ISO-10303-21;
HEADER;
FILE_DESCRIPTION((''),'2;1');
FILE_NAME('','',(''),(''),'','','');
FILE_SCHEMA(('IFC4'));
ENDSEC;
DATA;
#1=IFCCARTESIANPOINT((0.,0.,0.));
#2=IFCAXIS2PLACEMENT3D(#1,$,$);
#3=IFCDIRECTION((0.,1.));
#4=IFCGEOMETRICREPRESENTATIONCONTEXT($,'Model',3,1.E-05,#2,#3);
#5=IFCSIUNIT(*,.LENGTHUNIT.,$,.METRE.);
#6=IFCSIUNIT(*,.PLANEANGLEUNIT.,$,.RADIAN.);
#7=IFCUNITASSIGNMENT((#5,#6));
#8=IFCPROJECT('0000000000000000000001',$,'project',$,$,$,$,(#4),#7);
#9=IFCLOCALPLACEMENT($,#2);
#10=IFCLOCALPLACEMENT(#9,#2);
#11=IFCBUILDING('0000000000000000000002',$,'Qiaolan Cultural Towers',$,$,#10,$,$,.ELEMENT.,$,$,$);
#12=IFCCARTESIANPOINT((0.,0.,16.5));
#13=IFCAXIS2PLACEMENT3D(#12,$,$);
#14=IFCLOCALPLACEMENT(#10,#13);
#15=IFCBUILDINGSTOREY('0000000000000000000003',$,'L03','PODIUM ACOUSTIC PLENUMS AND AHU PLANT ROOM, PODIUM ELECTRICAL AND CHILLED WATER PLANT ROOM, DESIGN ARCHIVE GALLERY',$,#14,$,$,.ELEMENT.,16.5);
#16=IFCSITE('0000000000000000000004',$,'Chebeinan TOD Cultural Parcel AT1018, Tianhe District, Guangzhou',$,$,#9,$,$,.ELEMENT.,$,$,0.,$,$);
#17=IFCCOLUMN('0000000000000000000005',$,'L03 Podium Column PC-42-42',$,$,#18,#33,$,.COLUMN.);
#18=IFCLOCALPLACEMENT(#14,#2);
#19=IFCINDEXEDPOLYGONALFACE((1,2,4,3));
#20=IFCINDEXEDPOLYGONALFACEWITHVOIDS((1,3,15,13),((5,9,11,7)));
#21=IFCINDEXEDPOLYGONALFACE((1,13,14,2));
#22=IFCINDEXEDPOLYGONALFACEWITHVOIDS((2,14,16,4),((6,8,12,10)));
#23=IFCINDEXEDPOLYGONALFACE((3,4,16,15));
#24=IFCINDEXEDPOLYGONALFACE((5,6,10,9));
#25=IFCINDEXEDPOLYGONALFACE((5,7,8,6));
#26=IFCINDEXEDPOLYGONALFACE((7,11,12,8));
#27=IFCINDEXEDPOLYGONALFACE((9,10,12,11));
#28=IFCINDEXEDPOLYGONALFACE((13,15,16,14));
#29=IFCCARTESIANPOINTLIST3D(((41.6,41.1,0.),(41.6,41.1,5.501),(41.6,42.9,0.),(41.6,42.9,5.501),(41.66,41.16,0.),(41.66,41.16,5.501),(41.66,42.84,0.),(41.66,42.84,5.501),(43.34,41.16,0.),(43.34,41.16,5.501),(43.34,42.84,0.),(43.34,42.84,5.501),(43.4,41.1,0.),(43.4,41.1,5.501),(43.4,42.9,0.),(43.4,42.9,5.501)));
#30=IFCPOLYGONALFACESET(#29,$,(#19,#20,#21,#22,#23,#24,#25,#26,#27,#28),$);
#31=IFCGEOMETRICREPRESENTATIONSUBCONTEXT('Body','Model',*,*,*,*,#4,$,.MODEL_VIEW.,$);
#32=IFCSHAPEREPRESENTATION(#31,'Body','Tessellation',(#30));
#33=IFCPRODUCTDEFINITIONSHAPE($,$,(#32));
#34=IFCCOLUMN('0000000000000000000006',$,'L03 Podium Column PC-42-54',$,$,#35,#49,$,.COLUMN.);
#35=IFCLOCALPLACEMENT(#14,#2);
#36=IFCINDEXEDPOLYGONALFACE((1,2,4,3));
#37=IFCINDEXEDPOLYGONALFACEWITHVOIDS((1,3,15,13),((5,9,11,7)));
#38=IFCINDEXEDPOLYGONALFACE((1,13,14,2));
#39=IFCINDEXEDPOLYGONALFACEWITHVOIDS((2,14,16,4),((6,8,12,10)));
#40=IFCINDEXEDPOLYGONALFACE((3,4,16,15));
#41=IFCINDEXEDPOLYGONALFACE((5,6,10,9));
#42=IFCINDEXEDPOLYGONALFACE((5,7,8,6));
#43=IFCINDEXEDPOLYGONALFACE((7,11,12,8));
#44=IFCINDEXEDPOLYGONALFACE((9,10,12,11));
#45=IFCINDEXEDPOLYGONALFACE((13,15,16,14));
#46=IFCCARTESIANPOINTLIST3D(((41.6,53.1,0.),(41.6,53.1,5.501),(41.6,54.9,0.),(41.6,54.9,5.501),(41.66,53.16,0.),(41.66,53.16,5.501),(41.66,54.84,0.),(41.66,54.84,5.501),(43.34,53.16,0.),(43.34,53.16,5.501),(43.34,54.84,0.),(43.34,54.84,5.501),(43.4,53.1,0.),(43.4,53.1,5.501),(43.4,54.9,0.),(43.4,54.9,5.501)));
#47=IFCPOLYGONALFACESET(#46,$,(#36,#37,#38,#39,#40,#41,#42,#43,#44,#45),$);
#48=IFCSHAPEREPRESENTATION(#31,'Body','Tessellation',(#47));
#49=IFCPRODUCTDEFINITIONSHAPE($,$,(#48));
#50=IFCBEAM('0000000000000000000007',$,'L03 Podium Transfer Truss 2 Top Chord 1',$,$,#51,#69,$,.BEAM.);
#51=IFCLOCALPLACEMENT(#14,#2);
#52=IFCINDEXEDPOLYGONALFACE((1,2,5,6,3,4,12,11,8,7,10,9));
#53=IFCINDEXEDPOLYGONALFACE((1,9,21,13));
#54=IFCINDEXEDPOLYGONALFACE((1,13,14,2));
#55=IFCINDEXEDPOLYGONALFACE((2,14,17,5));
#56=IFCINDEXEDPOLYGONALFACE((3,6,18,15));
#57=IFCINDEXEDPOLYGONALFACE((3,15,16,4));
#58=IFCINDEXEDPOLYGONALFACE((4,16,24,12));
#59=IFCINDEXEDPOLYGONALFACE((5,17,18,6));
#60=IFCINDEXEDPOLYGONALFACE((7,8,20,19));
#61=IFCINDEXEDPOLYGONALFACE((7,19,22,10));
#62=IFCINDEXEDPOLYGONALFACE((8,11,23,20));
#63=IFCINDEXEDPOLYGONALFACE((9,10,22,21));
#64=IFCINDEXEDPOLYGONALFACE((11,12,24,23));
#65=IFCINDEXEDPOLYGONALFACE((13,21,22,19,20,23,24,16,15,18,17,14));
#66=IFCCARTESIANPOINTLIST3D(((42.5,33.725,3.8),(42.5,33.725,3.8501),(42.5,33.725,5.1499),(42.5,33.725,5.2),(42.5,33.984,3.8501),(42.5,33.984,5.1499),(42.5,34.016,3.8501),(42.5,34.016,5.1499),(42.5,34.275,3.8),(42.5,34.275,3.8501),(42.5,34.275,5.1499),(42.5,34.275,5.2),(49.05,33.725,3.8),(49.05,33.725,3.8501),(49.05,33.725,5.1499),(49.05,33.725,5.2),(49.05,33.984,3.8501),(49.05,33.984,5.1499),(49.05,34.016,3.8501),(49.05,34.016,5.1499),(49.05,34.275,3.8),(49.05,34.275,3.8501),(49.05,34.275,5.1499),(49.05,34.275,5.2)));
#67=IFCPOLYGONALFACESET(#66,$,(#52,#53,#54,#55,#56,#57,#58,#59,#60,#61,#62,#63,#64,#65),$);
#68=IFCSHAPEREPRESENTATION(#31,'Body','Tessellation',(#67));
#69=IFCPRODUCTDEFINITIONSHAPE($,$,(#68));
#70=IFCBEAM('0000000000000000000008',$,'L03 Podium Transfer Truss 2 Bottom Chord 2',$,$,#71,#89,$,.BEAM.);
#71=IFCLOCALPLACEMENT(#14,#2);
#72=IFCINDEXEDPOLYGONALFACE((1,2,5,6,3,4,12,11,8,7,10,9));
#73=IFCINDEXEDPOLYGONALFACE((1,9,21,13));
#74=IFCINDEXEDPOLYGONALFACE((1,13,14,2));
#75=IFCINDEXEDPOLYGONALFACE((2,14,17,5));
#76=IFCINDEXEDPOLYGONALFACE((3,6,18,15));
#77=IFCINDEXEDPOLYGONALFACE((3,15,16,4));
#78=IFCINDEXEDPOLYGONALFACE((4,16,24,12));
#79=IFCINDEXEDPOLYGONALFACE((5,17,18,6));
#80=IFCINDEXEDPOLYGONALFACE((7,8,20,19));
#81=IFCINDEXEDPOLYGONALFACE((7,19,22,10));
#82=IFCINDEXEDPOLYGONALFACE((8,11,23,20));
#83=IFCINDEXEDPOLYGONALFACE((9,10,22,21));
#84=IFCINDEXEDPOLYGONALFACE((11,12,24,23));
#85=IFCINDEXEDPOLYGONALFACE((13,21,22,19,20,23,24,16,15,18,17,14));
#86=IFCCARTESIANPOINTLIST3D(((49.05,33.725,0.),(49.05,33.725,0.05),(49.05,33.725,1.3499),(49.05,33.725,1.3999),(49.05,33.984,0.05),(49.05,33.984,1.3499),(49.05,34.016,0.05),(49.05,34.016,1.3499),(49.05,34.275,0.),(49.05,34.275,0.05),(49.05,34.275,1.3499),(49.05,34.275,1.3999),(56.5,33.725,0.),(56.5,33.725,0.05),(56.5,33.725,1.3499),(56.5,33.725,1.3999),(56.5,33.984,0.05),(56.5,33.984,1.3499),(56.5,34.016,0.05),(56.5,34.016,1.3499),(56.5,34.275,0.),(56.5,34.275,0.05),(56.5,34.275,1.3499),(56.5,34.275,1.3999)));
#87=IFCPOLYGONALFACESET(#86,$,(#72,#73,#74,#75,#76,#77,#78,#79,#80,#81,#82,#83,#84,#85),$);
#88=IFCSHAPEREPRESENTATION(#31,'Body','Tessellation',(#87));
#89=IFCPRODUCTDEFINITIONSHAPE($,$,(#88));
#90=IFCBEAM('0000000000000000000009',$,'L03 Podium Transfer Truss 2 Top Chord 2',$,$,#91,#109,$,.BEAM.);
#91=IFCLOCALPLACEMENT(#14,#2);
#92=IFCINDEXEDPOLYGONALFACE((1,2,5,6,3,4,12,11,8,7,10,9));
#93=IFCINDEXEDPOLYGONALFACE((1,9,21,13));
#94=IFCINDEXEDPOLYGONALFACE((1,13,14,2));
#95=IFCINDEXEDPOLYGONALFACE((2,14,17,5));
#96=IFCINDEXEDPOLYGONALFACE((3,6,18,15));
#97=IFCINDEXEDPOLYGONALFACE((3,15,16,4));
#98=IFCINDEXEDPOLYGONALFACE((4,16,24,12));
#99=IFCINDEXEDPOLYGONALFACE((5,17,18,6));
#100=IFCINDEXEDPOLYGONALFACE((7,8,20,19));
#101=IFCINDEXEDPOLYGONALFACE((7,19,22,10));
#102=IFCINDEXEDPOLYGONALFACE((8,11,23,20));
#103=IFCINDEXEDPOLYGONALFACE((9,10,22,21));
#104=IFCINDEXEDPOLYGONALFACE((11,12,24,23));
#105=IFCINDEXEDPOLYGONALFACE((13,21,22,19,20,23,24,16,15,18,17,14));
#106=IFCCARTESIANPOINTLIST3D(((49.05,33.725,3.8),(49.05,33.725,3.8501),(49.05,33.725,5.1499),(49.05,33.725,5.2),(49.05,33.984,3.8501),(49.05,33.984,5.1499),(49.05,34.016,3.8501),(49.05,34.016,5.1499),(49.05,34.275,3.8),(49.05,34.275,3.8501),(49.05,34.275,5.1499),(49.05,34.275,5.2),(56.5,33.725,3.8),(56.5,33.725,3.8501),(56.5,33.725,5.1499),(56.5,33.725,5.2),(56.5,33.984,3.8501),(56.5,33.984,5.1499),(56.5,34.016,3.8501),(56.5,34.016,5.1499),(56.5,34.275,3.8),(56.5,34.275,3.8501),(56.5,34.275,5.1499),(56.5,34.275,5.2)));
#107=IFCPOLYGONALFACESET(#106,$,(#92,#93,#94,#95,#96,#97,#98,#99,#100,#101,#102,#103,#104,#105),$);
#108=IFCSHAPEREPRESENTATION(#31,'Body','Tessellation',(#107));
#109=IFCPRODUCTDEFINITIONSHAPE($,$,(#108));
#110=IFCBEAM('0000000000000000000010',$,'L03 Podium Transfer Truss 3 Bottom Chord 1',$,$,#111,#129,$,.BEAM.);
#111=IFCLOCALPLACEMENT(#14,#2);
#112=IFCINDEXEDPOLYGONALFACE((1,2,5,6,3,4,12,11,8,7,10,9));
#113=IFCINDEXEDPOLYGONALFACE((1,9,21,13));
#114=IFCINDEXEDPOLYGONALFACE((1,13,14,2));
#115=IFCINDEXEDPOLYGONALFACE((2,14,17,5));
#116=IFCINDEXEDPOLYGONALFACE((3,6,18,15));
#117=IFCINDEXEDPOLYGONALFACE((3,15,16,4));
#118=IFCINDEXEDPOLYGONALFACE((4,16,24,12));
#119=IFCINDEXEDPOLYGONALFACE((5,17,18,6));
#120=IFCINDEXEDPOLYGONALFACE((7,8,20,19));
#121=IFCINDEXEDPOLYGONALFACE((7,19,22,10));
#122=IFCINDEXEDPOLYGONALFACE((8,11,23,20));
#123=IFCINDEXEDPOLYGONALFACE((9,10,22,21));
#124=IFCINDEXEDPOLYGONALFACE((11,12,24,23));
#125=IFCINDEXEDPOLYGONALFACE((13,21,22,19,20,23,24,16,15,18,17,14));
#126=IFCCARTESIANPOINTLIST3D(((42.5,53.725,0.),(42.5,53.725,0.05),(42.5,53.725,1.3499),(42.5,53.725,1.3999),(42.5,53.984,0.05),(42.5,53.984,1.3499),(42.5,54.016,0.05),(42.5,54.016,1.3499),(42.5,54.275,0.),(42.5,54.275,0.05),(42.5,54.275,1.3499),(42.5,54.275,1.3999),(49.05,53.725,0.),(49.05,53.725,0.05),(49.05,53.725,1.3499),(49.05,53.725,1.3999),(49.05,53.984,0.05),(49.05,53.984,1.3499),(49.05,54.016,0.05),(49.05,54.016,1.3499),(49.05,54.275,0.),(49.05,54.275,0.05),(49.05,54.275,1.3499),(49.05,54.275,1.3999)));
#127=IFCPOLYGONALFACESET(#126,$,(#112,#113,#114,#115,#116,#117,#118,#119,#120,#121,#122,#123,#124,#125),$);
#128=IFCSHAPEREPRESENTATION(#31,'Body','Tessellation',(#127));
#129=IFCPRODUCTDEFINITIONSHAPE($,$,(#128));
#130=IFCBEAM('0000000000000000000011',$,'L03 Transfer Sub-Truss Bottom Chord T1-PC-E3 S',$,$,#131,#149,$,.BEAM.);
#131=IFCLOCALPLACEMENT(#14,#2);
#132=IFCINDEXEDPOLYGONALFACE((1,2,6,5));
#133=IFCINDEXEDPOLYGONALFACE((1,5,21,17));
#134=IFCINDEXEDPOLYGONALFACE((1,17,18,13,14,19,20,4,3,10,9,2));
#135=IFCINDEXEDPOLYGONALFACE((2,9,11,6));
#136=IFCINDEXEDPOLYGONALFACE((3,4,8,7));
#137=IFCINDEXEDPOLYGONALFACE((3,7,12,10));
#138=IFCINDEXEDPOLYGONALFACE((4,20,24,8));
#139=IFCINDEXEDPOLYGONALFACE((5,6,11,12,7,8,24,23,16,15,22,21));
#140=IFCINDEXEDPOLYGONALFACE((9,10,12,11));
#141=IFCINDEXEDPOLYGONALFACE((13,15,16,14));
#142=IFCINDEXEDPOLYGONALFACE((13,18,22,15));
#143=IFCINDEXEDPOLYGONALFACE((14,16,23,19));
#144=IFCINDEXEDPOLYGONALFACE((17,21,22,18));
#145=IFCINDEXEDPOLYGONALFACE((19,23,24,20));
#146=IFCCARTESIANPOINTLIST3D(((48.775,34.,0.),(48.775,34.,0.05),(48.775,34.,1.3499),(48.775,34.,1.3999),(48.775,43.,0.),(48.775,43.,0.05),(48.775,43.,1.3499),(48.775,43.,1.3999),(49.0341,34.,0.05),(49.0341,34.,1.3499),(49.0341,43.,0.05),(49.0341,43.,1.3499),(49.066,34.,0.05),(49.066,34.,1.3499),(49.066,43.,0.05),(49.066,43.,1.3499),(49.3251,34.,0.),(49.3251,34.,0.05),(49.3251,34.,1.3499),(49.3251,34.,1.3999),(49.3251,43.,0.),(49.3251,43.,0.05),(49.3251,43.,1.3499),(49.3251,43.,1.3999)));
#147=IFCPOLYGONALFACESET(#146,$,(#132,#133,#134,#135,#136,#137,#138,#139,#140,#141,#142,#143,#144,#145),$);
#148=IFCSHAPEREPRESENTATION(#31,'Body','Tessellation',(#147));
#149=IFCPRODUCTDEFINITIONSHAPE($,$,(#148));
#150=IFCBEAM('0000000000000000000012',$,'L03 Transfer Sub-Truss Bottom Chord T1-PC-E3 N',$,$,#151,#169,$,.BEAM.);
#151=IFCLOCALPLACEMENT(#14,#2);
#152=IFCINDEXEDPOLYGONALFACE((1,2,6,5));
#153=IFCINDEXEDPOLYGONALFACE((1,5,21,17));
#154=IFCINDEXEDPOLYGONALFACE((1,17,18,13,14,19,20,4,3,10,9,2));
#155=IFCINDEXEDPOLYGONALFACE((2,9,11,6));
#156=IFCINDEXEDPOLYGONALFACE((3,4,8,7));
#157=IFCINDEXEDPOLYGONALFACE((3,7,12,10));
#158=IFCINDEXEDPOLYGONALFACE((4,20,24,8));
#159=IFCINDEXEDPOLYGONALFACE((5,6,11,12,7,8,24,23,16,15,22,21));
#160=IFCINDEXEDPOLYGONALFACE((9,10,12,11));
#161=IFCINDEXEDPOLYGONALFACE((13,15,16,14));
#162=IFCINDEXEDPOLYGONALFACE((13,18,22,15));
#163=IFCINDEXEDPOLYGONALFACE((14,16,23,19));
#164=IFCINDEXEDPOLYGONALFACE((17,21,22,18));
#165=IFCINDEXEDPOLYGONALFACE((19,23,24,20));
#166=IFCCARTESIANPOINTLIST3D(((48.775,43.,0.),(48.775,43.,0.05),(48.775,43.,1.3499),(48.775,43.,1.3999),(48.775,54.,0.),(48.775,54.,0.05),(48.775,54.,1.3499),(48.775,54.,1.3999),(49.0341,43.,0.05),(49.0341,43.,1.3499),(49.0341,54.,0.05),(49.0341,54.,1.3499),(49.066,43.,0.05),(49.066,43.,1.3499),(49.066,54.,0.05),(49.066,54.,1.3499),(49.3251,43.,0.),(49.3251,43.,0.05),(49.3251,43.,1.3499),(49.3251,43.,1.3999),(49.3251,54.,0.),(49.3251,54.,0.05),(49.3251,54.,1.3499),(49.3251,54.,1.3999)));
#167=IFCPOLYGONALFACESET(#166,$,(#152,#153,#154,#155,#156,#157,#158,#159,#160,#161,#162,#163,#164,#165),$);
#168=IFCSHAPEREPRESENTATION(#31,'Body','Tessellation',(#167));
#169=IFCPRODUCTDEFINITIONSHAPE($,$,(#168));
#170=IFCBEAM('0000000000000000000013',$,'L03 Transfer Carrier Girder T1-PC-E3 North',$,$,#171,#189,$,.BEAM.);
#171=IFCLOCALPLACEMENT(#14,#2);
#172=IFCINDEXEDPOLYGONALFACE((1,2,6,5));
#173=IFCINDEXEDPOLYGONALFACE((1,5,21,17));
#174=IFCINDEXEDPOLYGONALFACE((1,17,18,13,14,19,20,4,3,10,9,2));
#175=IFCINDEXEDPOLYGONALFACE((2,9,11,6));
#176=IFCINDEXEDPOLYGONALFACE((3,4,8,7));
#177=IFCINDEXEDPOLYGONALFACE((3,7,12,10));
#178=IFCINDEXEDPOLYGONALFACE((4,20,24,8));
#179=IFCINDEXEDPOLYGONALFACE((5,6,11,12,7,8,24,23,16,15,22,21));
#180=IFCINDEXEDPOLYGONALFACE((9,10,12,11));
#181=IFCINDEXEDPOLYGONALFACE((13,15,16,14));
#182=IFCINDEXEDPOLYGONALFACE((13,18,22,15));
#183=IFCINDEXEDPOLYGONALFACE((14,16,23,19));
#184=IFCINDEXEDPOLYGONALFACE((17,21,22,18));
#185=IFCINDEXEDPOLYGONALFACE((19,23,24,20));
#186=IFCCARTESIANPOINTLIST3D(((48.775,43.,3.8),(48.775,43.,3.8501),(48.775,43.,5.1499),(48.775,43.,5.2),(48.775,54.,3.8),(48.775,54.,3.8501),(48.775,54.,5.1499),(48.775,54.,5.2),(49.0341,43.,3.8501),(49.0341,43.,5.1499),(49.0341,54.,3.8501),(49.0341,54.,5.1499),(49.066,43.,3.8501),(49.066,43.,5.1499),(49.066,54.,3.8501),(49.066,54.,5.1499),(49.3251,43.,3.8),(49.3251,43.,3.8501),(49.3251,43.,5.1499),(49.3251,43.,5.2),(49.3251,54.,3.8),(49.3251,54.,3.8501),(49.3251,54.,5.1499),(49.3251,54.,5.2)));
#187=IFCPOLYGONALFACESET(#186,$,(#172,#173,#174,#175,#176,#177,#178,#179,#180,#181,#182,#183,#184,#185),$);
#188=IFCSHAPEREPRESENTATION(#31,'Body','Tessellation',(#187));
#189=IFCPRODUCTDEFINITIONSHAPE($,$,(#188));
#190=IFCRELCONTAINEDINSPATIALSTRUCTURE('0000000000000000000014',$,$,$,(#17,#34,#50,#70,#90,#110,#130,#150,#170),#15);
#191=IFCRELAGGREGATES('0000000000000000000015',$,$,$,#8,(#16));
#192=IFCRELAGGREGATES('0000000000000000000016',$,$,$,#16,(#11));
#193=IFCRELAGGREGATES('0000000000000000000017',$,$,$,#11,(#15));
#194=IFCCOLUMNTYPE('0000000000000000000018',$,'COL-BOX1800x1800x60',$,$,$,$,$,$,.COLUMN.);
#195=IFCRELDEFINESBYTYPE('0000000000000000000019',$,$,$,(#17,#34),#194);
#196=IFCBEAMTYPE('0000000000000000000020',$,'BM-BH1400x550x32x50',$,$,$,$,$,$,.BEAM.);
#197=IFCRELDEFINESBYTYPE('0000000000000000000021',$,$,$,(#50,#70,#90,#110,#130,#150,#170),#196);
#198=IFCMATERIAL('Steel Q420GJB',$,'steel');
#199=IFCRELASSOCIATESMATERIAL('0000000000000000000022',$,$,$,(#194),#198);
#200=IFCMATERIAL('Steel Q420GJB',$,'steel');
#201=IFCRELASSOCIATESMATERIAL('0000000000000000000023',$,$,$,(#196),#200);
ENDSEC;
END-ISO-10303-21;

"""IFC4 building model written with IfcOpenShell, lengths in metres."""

from ifc_helpers import new_model, si_unit, direction, frame, origin, origin_2d, place, context, subcontext, project, spatial, hollow_rectangle, i_section, extrude, material, material_profile, profile_set, type_object, element, save


model = new_model("IFC4")

# Units and contexts
model_context = context("Model", 3, precision=1e-05, world=origin(), true_north=direction((0.0, 1.0)))
body_context = subcontext(model_context, "Body", "Model", "MODEL_VIEW")
ifc_project = project(units=[si_unit("LENGTHUNIT", "METRE"), si_unit("PLANEANGLEUNIT", "RADIAN")], contexts=[model_context])

# Site, building, storey
site_placement = place(None, origin())
site = spatial("IfcSite", under=ifc_project, at=site_placement, Name="Chebeinan TOD Cultural Parcel AT1018, Tianhe District, Guangzhou", CompositionType="ELEMENT", RefElevation=0.0)
building_placement = place(site_placement, origin())
building = spatial("IfcBuilding", under=site, at=building_placement, Name="Qiaolan Cultural Towers", CompositionType="ELEMENT")
storey_placement = place(building_placement, frame((0.0, 0.0, 16.5)))
storey = spatial("IfcBuildingStorey", under=building, at=storey_placement, Name="L03", Description="PODIUM ACOUSTIC PLENUMS AND AHU PLANT ROOM, PODIUM ELECTRICAL AND CHILLED WATER PLANT ROOM, DESIGN ARCHIVE GALLERY", CompositionType="ELEMENT", Elevation=16.5)

# Columns
ifc_material_1 = material(Name="Steel Q420GJB", Category="steel")
ifc_material_profile_1 = material_profile(ifc_material_1, hollow_rectangle(XDim=1.8, YDim=1.8, WallThickness=0.0601, at=origin_2d()), Name="BOX1800x1800x60")
ifc_profile_set_1 = profile_set([ifc_material_profile_1], Name="Steel Q420GJB")
column_type = type_object("IfcColumnType", Name="COL-BOX1800x1800x60", PredefinedType="COLUMN", material=ifc_profile_set_1)
for number, where, z_axis, x_axis, name in (
    (1, (42.5, 42.0, 0.0), (0.0, 0.0, 1.0), (1.0, 0.0, 0.0), "L03 Podium Column PC-42-42"),
    (2, (42.5, 54.0, 0.0), (0.0, 0.0, 1.0), (1.0, 0.0, 0.0), "L03 Podium Column PC-42-54"),
):
    element("IfcColumn", number, at=place(storey_placement, frame(where, z_axis=z_axis, x_axis=x_axis)), inside=storey, type_object=column_type, Name=name, PredefinedType="COLUMN", context=body_context, shape_type="SweptSolid", body=[
        extrude(hollow_rectangle(XDim=1.8, YDim=1.8, WallThickness=0.0601, at=origin_2d()), origin(), (0.0, 0.0, 1.0), 5.501),
    ])

# Beams
ifc_material_2 = material(Name="Steel Q420GJB", Category="steel")
ifc_material_profile_2 = material_profile(ifc_material_2, i_section(OverallWidth=0.55, OverallDepth=1.3999, WebThickness=0.032, FlangeThickness=0.05, at=origin_2d()), Name="BH1400x550x32x50")
ifc_profile_set_2 = profile_set([ifc_material_profile_2], Name="Steel Q420GJB")
beam_type_1 = type_object("IfcBeamType", Name="BM-BH1400x550x32x50", PredefinedType="BEAM", material=ifc_profile_set_2)
beam_1_placement = place(storey_placement, frame((42.5, 34.0, 4.5), z_axis=(1.0, 0.0, 0.0), x_axis=(0.0, 1.0, 0.0)))
element("IfcBeam", 3, at=beam_1_placement, inside=storey, type_object=beam_type_1, Name="L03 Podium Transfer Truss 2 Top Chord 1", PredefinedType="BEAM", context=body_context, shape_type="SweptSolid", body=[
    extrude(i_section(OverallWidth=0.55, OverallDepth=1.3999, WebThickness=0.032, FlangeThickness=0.05, at=origin_2d()), origin(), (0.0, 0.0, 1.0), 6.55),
])
for number, where, z_axis, x_axis, name in (
    (4, (49.05, 34.0, 0.7), (1.0, 0.0, 0.0), (0.0, 1.0, 0.0), "L03 Podium Transfer Truss 2 Bottom Chord 2"),
    (5, (49.05, 34.0, 4.5), (1.0, 0.0, 0.0), (0.0, 1.0, 0.0), "L03 Podium Transfer Truss 2 Top Chord 2"),
):
    element("IfcBeam", number, at=place(storey_placement, frame(where, z_axis=z_axis, x_axis=x_axis)), inside=storey, type_object=beam_type_1, Name=name, PredefinedType="BEAM", context=body_context, shape_type="SweptSolid", body=[
        extrude(i_section(OverallWidth=0.55, OverallDepth=1.3999, WebThickness=0.032, FlangeThickness=0.05, at=origin_2d()), origin(), (0.0, 0.0, 1.0), 7.45),
    ])
beam_2_placement = place(storey_placement, frame((42.5, 54.0, 0.7), z_axis=(1.0, 0.0, 0.0), x_axis=(0.0, 1.0, 0.0)))
element("IfcBeam", 6, at=beam_2_placement, inside=storey, type_object=beam_type_1, Name="L03 Podium Transfer Truss 3 Bottom Chord 1", PredefinedType="BEAM", context=body_context, shape_type="SweptSolid", body=[
    extrude(i_section(OverallWidth=0.55, OverallDepth=1.3999, WebThickness=0.032, FlangeThickness=0.05, at=origin_2d()), origin(), (0.0, 0.0, 1.0), 6.55),
])
beam_3_placement = place(storey_placement, frame((49.05, 34.0, 0.7), z_axis=(0.0, 1.0, 0.0), x_axis=(-1.0, 0.0, 0.0)))
element("IfcBeam", 7, at=beam_3_placement, inside=storey, type_object=beam_type_1, Name="L03 Transfer Sub-Truss Bottom Chord T1-PC-E3 S", PredefinedType="BEAM", context=body_context, shape_type="SweptSolid", body=[
    extrude(i_section(OverallWidth=0.55, OverallDepth=1.3999, WebThickness=0.032, FlangeThickness=0.05, at=origin_2d()), origin(), (0.0, 0.0, 1.0), 9.0),
])
for number, where, z_axis, x_axis, name in (
    (8, (49.05, 43.0, 0.7), (0.0, 1.0, 0.0), (-1.0, 0.0, 0.0), "L03 Transfer Sub-Truss Bottom Chord T1-PC-E3 N"),
    (9, (49.05, 43.0, 4.5), (0.0, 1.0, 0.0), (-1.0, 0.0, 0.0), "L03 Transfer Carrier Girder T1-PC-E3 North"),
):
    element("IfcBeam", number, at=place(storey_placement, frame(where, z_axis=z_axis, x_axis=x_axis)), inside=storey, type_object=beam_type_1, Name=name, PredefinedType="BEAM", context=body_context, shape_type="SweptSolid", body=[
        extrude(i_section(OverallWidth=0.55, OverallDepth=1.3999, WebThickness=0.032, FlangeThickness=0.05, at=origin_2d()), origin(), (0.0, 0.0, 1.0), 11.0),
    ])

save(model, "model.ifc")
